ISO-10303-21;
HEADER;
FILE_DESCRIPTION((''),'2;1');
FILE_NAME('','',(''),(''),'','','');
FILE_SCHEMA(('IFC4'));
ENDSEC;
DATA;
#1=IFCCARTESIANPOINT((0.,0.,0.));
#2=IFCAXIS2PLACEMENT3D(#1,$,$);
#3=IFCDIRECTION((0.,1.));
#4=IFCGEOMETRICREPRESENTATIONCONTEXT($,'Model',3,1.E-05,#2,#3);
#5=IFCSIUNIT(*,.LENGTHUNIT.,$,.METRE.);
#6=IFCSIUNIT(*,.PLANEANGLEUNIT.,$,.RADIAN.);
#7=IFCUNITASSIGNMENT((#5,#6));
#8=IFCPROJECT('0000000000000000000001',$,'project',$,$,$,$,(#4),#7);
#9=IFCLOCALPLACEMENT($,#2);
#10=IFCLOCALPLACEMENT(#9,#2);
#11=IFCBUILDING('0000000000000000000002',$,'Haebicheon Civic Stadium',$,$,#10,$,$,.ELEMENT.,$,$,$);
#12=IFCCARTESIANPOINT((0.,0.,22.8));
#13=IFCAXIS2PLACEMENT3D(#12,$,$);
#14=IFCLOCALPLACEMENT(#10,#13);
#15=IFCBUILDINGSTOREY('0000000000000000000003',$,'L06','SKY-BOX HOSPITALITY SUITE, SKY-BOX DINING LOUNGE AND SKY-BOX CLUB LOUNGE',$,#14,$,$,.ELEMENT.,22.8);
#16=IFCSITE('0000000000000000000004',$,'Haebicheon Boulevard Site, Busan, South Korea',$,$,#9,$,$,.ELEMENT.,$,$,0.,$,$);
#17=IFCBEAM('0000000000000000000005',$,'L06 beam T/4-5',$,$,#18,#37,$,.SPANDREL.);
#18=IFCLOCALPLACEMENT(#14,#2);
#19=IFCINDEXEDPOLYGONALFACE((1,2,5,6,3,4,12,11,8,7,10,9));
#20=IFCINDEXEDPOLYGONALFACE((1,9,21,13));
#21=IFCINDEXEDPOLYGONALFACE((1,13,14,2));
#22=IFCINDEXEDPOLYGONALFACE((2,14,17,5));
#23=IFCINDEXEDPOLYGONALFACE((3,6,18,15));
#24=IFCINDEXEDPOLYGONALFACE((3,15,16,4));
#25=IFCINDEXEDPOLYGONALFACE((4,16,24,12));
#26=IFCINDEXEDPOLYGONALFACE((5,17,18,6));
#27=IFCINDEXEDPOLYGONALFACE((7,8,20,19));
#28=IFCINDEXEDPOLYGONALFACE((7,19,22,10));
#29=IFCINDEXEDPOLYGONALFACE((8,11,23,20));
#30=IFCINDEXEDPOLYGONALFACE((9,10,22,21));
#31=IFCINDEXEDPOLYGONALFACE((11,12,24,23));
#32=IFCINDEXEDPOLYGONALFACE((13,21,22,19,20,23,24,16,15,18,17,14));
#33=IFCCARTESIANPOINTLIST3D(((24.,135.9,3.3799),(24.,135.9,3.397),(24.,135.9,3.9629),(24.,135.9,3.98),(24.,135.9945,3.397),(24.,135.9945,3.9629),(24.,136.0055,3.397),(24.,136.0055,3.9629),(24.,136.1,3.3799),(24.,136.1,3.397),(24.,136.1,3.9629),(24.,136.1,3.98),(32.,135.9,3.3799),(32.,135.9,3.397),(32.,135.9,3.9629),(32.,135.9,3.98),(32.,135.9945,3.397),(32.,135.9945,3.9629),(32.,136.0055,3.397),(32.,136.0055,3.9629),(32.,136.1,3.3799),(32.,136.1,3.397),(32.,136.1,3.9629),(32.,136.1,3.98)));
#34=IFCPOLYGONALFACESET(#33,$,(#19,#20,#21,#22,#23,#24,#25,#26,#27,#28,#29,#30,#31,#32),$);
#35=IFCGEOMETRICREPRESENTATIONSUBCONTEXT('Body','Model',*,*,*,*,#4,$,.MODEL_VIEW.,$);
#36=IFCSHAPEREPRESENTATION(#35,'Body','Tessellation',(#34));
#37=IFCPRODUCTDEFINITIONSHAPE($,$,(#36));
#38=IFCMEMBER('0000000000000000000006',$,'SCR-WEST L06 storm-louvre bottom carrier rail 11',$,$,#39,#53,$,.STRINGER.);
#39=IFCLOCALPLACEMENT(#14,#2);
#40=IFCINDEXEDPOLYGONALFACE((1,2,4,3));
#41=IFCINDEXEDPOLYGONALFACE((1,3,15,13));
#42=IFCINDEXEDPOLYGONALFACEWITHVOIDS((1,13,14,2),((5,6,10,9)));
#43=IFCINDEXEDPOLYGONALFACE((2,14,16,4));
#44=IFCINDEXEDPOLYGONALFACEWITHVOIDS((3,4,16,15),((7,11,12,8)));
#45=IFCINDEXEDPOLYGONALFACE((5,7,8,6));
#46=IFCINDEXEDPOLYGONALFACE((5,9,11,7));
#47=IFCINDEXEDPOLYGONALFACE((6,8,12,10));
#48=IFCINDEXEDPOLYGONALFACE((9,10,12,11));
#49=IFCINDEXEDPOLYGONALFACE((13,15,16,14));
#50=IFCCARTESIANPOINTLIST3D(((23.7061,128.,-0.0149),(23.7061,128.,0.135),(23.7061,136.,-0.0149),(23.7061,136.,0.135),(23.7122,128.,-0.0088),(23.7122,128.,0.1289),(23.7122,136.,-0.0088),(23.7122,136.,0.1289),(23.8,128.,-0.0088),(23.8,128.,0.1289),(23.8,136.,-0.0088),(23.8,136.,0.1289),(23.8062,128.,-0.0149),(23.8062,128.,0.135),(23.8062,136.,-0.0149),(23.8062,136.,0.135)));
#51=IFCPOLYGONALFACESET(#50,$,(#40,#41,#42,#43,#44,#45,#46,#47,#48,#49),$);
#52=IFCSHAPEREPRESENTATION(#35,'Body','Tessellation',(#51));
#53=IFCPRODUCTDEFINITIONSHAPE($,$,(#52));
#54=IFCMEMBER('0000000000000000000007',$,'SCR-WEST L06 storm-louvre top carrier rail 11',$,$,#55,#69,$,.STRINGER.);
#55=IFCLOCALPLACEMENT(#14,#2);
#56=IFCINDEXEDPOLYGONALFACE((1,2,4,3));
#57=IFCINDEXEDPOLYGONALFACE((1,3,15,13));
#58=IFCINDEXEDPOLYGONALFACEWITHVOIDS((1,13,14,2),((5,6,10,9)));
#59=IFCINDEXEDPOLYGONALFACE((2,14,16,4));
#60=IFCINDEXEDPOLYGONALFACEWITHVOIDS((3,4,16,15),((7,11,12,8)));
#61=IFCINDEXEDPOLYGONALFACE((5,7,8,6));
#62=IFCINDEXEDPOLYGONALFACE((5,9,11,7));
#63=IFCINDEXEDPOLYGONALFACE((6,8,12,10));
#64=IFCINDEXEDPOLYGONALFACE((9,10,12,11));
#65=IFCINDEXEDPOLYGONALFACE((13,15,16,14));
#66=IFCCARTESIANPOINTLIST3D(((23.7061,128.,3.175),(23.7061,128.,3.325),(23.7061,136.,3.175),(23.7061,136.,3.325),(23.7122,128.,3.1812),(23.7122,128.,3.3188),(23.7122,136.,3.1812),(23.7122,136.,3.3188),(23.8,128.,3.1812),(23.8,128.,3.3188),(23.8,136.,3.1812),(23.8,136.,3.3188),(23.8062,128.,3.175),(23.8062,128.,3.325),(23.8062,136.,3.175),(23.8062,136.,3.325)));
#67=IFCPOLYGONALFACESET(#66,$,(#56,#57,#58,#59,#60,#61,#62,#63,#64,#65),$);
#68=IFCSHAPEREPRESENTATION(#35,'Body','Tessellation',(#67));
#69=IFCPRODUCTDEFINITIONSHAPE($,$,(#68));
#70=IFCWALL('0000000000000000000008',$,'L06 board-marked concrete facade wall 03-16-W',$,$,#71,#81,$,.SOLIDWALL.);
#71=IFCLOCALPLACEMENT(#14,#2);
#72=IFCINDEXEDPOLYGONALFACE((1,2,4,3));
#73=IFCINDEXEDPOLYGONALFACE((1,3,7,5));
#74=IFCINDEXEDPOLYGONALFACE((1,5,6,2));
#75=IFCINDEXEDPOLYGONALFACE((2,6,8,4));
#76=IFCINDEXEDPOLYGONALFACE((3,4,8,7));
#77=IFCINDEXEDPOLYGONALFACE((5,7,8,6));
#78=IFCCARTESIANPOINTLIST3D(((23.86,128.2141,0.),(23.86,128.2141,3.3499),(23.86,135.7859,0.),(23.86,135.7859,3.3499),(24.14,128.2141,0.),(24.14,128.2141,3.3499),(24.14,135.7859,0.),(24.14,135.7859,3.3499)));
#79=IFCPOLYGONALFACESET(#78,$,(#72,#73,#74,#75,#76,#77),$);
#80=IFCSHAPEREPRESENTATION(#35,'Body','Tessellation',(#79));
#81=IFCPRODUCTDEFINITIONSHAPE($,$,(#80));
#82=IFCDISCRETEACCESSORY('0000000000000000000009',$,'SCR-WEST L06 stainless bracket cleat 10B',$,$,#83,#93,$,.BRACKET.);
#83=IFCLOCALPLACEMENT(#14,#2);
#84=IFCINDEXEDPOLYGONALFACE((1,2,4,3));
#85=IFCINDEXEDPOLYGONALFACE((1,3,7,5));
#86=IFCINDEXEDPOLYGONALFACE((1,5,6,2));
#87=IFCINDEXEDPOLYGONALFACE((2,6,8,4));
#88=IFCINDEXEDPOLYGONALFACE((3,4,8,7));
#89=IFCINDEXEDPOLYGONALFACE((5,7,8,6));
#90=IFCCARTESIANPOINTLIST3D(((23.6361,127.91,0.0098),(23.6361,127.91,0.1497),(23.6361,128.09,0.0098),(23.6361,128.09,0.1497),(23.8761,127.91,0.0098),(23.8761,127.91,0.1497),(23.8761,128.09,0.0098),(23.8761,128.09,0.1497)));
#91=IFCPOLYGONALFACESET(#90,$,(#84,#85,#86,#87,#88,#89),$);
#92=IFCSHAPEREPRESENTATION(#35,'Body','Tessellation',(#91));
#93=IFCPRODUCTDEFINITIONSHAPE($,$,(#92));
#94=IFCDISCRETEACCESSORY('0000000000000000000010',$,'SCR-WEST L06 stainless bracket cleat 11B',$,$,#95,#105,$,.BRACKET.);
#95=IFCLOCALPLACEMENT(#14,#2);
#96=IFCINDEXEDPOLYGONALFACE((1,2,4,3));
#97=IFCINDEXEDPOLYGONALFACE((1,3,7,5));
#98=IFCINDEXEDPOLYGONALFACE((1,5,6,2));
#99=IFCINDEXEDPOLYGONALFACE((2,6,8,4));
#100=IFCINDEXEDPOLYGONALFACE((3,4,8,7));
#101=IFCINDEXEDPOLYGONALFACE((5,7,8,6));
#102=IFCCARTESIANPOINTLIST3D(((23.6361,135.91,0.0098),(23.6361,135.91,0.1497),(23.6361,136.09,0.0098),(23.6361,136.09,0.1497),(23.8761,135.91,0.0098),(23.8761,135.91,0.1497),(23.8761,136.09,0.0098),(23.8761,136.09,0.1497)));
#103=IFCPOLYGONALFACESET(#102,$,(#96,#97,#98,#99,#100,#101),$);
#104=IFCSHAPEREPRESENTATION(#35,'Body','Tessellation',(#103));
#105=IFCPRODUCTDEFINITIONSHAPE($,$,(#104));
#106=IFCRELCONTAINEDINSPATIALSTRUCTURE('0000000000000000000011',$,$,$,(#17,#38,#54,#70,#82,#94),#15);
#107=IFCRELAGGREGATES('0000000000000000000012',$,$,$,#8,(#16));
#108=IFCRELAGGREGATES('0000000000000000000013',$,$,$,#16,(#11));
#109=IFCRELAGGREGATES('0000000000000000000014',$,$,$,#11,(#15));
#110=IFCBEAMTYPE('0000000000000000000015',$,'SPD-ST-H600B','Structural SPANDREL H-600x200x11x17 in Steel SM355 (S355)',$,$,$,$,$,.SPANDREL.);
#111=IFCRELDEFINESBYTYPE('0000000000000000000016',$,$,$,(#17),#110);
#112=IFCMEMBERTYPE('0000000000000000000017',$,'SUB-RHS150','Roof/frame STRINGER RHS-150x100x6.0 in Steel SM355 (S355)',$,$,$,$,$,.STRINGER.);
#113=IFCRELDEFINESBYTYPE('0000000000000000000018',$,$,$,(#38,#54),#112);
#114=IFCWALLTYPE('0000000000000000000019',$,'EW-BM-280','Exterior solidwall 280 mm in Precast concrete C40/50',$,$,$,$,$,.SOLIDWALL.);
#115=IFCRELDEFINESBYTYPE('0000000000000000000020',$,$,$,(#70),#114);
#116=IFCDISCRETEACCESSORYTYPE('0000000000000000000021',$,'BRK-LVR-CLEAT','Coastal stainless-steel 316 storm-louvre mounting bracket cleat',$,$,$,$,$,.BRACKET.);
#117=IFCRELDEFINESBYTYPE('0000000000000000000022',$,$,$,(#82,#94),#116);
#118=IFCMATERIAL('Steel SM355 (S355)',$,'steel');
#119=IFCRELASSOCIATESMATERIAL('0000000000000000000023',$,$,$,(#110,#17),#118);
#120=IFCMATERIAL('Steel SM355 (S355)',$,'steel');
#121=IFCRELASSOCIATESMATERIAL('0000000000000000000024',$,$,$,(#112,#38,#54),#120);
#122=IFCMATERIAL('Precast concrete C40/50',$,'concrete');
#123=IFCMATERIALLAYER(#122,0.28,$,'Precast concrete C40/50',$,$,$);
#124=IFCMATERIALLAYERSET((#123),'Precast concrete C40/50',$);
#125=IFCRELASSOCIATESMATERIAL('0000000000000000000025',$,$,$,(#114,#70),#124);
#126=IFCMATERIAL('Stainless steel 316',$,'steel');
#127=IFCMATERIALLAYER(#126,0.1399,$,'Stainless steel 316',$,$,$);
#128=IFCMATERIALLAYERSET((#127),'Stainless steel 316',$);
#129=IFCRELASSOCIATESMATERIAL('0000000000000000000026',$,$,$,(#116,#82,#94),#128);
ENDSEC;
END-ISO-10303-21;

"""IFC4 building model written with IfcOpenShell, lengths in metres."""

from ifc_helpers import new_model, si_unit, direction, frame, frame_2d, origin, origin_2d, place, context, subcontext, project, spatial, rectangle, hollow_rectangle, i_section, extrude, material, layer, layer_set, material_profile, profile_set, type_object, element, save


model = new_model("IFC4")

# Units and contexts
model_context = context("Model", 3, precision=1e-05, world=origin(), true_north=direction((0.0, 1.0)))
body_context = subcontext(model_context, "Body", "Model", "MODEL_VIEW")
ifc_project = project(units=[si_unit("LENGTHUNIT", "METRE"), si_unit("PLANEANGLEUNIT", "RADIAN")], contexts=[model_context])

# Site, building, storey
site_placement = place(None, origin())
site = spatial("IfcSite", under=ifc_project, at=site_placement, Name="Haebicheon Boulevard Site, Busan, South Korea", CompositionType="ELEMENT", RefElevation=0.0)
building_placement = place(site_placement, origin())
building = spatial("IfcBuilding", under=site, at=building_placement, Name="Haebicheon Civic Stadium", CompositionType="ELEMENT")
storey_placement = place(building_placement, frame((0.0, 0.0, 22.8)))
storey = spatial("IfcBuildingStorey", under=building, at=storey_placement, Name="L06", Description="SKY-BOX HOSPITALITY SUITE, SKY-BOX DINING LOUNGE AND SKY-BOX CLUB LOUNGE", CompositionType="ELEMENT", Elevation=22.8)

# Beam
ifc_material_1 = material(Name="Steel SM355 (S355)", Category="steel")
ifc_material_profile_1 = material_profile(ifc_material_1, i_section(OverallWidth=0.2, OverallDepth=0.6001, WebThickness=0.011, FlangeThickness=0.0171, at=origin_2d()), Name="H-600x200x11x17")
ifc_profile_set_1 = profile_set([ifc_material_profile_1], Name="Steel SM355 (S355)")
beam_type_1 = type_object("IfcBeamType", Name="SPD-ST-H600B", Description="Structural SPANDREL H-600x200x11x17 in Steel SM355 (S355)", PredefinedType="SPANDREL", material=ifc_profile_set_1)
for number, where, z_axis, x_axis, name in (
    (1, (24.0, 136.0, 3.6799), (1.0, 0.0, 0.0), (0.0, 1.0, 0.0), "L06 beam T/4-5"),
):
    element("IfcBeam", number, at=place(storey_placement, frame(where, z_axis=z_axis, x_axis=x_axis)), inside=storey, type_object=beam_type_1, material=ifc_profile_set_1, Name=name, PredefinedType="SPANDREL", context=body_context, shape_type="SweptSolid", body=[
        extrude(i_section(OverallWidth=0.2, OverallDepth=0.6001, WebThickness=0.011, FlangeThickness=0.0171, at=origin_2d()), origin(), (0.0, 0.0, 1.0), 8.0),
    ])

# Members
ifc_material_2 = material(Name="Steel SM355 (S355)", Category="steel")
ifc_material_profile_2 = material_profile(ifc_material_2, hollow_rectangle(XDim=0.1001, YDim=0.1499, WallThickness=0.0061, at=origin_2d()), Name="RHS-150x100x6.0")
ifc_profile_set_2 = profile_set([ifc_material_profile_2], Name="Steel SM355 (S355)")
member_type_1 = type_object("IfcMemberType", Name="SUB-RHS150", Description="Roof/frame STRINGER RHS-150x100x6.0 in Steel SM355 (S355)", PredefinedType="STRINGER", material=ifc_profile_set_2)
for number, where, z_axis, x_axis, name in (
    (2, (23.7561, 128.0, 0.0601), (0.0, 1.0, 0.0), (-1.0, 0.0, 0.0), "SCR-WEST L06 storm-louvre bottom carrier rail 11"),
    (3, (23.7561, 128.0, 3.25), (0.0, 1.0, 0.0), (-1.0, 0.0, 0.0), "SCR-WEST L06 storm-louvre top carrier rail 11"),
):
    element("IfcMember", number, at=place(storey_placement, frame(where, z_axis=z_axis, x_axis=x_axis)), inside=storey, type_object=member_type_1, material=ifc_profile_set_2, Name=name, PredefinedType="STRINGER", context=body_context, shape_type="SweptSolid", body=[
        extrude(hollow_rectangle(XDim=0.1001, YDim=0.1499, WallThickness=0.0061, at=origin_2d()), origin(), (0.0, 0.0, 1.0), 8.0),
    ])

# Wall
ifc_material_3 = material(Name="Precast concrete C40/50", Category="concrete")
ifc_layer_1 = layer(ifc_material_3, 0.28, Name="Precast concrete C40/50")
ifc_layer_set_1 = layer_set([ifc_layer_1], Name="Precast concrete C40/50")
wall_type = type_object("IfcWallType", Name="EW-BM-280", Description="Exterior solidwall 280 mm in Precast concrete C40/50", PredefinedType="SOLIDWALL", material=ifc_layer_set_1)
wall_placement = place(storey_placement, frame((24.0, 128.2141, 0.0), z_axis=(0.0, 0.0, 1.0), x_axis=(0.0, 1.0, 0.0)))
element("IfcWall", 4, at=wall_placement, inside=storey, type_object=wall_type, material=ifc_layer_set_1, Name="L06 board-marked concrete facade wall 03-16-W", PredefinedType="SOLIDWALL", context=body_context, shape_type="SweptSolid", body=[
    extrude(rectangle(XDim=7.5718, YDim=0.28, at=frame_2d((3.7859, 0.0))), origin(), (0.0, 0.0, 1.0), 3.3499),
])

# Discrete accessories
ifc_material_4 = material(Name="Stainless steel 316", Category="steel")
ifc_layer_2 = layer(ifc_material_4, 0.1399, Name="Stainless steel 316")
ifc_layer_set_2 = layer_set([ifc_layer_2], Name="Stainless steel 316")
discrete_accessory_type = type_object("IfcDiscreteAccessoryType", Name="BRK-LVR-CLEAT", Description="Coastal stainless-steel 316 storm-louvre mounting bracket cleat", PredefinedType="BRACKET", material=ifc_layer_set_2)
for number, where, z_axis, x_axis, name in (
    (5, (23.7561, 128.0, 0.0098), (0.0, 0.0, 1.0), (1.0, 0.0, 0.0), "SCR-WEST L06 stainless bracket cleat 10B"),
    (6, (23.7561, 136.0, 0.0098), (0.0, 0.0, 1.0), (1.0, 0.0, 0.0), "SCR-WEST L06 stainless bracket cleat 11B"),
):
    element("IfcDiscreteAccessory", number, at=place(storey_placement, frame(where, z_axis=z_axis, x_axis=x_axis)), inside=storey, type_object=discrete_accessory_type, material=ifc_layer_set_2, Name=name, PredefinedType="BRACKET", context=body_context, shape_type="SweptSolid", body=[
        extrude(rectangle(XDim=0.24, YDim=0.1799, at=origin_2d()), origin(), (0.0, 0.0, 1.0), 0.1399),
    ])

save(model, "model.ifc")
